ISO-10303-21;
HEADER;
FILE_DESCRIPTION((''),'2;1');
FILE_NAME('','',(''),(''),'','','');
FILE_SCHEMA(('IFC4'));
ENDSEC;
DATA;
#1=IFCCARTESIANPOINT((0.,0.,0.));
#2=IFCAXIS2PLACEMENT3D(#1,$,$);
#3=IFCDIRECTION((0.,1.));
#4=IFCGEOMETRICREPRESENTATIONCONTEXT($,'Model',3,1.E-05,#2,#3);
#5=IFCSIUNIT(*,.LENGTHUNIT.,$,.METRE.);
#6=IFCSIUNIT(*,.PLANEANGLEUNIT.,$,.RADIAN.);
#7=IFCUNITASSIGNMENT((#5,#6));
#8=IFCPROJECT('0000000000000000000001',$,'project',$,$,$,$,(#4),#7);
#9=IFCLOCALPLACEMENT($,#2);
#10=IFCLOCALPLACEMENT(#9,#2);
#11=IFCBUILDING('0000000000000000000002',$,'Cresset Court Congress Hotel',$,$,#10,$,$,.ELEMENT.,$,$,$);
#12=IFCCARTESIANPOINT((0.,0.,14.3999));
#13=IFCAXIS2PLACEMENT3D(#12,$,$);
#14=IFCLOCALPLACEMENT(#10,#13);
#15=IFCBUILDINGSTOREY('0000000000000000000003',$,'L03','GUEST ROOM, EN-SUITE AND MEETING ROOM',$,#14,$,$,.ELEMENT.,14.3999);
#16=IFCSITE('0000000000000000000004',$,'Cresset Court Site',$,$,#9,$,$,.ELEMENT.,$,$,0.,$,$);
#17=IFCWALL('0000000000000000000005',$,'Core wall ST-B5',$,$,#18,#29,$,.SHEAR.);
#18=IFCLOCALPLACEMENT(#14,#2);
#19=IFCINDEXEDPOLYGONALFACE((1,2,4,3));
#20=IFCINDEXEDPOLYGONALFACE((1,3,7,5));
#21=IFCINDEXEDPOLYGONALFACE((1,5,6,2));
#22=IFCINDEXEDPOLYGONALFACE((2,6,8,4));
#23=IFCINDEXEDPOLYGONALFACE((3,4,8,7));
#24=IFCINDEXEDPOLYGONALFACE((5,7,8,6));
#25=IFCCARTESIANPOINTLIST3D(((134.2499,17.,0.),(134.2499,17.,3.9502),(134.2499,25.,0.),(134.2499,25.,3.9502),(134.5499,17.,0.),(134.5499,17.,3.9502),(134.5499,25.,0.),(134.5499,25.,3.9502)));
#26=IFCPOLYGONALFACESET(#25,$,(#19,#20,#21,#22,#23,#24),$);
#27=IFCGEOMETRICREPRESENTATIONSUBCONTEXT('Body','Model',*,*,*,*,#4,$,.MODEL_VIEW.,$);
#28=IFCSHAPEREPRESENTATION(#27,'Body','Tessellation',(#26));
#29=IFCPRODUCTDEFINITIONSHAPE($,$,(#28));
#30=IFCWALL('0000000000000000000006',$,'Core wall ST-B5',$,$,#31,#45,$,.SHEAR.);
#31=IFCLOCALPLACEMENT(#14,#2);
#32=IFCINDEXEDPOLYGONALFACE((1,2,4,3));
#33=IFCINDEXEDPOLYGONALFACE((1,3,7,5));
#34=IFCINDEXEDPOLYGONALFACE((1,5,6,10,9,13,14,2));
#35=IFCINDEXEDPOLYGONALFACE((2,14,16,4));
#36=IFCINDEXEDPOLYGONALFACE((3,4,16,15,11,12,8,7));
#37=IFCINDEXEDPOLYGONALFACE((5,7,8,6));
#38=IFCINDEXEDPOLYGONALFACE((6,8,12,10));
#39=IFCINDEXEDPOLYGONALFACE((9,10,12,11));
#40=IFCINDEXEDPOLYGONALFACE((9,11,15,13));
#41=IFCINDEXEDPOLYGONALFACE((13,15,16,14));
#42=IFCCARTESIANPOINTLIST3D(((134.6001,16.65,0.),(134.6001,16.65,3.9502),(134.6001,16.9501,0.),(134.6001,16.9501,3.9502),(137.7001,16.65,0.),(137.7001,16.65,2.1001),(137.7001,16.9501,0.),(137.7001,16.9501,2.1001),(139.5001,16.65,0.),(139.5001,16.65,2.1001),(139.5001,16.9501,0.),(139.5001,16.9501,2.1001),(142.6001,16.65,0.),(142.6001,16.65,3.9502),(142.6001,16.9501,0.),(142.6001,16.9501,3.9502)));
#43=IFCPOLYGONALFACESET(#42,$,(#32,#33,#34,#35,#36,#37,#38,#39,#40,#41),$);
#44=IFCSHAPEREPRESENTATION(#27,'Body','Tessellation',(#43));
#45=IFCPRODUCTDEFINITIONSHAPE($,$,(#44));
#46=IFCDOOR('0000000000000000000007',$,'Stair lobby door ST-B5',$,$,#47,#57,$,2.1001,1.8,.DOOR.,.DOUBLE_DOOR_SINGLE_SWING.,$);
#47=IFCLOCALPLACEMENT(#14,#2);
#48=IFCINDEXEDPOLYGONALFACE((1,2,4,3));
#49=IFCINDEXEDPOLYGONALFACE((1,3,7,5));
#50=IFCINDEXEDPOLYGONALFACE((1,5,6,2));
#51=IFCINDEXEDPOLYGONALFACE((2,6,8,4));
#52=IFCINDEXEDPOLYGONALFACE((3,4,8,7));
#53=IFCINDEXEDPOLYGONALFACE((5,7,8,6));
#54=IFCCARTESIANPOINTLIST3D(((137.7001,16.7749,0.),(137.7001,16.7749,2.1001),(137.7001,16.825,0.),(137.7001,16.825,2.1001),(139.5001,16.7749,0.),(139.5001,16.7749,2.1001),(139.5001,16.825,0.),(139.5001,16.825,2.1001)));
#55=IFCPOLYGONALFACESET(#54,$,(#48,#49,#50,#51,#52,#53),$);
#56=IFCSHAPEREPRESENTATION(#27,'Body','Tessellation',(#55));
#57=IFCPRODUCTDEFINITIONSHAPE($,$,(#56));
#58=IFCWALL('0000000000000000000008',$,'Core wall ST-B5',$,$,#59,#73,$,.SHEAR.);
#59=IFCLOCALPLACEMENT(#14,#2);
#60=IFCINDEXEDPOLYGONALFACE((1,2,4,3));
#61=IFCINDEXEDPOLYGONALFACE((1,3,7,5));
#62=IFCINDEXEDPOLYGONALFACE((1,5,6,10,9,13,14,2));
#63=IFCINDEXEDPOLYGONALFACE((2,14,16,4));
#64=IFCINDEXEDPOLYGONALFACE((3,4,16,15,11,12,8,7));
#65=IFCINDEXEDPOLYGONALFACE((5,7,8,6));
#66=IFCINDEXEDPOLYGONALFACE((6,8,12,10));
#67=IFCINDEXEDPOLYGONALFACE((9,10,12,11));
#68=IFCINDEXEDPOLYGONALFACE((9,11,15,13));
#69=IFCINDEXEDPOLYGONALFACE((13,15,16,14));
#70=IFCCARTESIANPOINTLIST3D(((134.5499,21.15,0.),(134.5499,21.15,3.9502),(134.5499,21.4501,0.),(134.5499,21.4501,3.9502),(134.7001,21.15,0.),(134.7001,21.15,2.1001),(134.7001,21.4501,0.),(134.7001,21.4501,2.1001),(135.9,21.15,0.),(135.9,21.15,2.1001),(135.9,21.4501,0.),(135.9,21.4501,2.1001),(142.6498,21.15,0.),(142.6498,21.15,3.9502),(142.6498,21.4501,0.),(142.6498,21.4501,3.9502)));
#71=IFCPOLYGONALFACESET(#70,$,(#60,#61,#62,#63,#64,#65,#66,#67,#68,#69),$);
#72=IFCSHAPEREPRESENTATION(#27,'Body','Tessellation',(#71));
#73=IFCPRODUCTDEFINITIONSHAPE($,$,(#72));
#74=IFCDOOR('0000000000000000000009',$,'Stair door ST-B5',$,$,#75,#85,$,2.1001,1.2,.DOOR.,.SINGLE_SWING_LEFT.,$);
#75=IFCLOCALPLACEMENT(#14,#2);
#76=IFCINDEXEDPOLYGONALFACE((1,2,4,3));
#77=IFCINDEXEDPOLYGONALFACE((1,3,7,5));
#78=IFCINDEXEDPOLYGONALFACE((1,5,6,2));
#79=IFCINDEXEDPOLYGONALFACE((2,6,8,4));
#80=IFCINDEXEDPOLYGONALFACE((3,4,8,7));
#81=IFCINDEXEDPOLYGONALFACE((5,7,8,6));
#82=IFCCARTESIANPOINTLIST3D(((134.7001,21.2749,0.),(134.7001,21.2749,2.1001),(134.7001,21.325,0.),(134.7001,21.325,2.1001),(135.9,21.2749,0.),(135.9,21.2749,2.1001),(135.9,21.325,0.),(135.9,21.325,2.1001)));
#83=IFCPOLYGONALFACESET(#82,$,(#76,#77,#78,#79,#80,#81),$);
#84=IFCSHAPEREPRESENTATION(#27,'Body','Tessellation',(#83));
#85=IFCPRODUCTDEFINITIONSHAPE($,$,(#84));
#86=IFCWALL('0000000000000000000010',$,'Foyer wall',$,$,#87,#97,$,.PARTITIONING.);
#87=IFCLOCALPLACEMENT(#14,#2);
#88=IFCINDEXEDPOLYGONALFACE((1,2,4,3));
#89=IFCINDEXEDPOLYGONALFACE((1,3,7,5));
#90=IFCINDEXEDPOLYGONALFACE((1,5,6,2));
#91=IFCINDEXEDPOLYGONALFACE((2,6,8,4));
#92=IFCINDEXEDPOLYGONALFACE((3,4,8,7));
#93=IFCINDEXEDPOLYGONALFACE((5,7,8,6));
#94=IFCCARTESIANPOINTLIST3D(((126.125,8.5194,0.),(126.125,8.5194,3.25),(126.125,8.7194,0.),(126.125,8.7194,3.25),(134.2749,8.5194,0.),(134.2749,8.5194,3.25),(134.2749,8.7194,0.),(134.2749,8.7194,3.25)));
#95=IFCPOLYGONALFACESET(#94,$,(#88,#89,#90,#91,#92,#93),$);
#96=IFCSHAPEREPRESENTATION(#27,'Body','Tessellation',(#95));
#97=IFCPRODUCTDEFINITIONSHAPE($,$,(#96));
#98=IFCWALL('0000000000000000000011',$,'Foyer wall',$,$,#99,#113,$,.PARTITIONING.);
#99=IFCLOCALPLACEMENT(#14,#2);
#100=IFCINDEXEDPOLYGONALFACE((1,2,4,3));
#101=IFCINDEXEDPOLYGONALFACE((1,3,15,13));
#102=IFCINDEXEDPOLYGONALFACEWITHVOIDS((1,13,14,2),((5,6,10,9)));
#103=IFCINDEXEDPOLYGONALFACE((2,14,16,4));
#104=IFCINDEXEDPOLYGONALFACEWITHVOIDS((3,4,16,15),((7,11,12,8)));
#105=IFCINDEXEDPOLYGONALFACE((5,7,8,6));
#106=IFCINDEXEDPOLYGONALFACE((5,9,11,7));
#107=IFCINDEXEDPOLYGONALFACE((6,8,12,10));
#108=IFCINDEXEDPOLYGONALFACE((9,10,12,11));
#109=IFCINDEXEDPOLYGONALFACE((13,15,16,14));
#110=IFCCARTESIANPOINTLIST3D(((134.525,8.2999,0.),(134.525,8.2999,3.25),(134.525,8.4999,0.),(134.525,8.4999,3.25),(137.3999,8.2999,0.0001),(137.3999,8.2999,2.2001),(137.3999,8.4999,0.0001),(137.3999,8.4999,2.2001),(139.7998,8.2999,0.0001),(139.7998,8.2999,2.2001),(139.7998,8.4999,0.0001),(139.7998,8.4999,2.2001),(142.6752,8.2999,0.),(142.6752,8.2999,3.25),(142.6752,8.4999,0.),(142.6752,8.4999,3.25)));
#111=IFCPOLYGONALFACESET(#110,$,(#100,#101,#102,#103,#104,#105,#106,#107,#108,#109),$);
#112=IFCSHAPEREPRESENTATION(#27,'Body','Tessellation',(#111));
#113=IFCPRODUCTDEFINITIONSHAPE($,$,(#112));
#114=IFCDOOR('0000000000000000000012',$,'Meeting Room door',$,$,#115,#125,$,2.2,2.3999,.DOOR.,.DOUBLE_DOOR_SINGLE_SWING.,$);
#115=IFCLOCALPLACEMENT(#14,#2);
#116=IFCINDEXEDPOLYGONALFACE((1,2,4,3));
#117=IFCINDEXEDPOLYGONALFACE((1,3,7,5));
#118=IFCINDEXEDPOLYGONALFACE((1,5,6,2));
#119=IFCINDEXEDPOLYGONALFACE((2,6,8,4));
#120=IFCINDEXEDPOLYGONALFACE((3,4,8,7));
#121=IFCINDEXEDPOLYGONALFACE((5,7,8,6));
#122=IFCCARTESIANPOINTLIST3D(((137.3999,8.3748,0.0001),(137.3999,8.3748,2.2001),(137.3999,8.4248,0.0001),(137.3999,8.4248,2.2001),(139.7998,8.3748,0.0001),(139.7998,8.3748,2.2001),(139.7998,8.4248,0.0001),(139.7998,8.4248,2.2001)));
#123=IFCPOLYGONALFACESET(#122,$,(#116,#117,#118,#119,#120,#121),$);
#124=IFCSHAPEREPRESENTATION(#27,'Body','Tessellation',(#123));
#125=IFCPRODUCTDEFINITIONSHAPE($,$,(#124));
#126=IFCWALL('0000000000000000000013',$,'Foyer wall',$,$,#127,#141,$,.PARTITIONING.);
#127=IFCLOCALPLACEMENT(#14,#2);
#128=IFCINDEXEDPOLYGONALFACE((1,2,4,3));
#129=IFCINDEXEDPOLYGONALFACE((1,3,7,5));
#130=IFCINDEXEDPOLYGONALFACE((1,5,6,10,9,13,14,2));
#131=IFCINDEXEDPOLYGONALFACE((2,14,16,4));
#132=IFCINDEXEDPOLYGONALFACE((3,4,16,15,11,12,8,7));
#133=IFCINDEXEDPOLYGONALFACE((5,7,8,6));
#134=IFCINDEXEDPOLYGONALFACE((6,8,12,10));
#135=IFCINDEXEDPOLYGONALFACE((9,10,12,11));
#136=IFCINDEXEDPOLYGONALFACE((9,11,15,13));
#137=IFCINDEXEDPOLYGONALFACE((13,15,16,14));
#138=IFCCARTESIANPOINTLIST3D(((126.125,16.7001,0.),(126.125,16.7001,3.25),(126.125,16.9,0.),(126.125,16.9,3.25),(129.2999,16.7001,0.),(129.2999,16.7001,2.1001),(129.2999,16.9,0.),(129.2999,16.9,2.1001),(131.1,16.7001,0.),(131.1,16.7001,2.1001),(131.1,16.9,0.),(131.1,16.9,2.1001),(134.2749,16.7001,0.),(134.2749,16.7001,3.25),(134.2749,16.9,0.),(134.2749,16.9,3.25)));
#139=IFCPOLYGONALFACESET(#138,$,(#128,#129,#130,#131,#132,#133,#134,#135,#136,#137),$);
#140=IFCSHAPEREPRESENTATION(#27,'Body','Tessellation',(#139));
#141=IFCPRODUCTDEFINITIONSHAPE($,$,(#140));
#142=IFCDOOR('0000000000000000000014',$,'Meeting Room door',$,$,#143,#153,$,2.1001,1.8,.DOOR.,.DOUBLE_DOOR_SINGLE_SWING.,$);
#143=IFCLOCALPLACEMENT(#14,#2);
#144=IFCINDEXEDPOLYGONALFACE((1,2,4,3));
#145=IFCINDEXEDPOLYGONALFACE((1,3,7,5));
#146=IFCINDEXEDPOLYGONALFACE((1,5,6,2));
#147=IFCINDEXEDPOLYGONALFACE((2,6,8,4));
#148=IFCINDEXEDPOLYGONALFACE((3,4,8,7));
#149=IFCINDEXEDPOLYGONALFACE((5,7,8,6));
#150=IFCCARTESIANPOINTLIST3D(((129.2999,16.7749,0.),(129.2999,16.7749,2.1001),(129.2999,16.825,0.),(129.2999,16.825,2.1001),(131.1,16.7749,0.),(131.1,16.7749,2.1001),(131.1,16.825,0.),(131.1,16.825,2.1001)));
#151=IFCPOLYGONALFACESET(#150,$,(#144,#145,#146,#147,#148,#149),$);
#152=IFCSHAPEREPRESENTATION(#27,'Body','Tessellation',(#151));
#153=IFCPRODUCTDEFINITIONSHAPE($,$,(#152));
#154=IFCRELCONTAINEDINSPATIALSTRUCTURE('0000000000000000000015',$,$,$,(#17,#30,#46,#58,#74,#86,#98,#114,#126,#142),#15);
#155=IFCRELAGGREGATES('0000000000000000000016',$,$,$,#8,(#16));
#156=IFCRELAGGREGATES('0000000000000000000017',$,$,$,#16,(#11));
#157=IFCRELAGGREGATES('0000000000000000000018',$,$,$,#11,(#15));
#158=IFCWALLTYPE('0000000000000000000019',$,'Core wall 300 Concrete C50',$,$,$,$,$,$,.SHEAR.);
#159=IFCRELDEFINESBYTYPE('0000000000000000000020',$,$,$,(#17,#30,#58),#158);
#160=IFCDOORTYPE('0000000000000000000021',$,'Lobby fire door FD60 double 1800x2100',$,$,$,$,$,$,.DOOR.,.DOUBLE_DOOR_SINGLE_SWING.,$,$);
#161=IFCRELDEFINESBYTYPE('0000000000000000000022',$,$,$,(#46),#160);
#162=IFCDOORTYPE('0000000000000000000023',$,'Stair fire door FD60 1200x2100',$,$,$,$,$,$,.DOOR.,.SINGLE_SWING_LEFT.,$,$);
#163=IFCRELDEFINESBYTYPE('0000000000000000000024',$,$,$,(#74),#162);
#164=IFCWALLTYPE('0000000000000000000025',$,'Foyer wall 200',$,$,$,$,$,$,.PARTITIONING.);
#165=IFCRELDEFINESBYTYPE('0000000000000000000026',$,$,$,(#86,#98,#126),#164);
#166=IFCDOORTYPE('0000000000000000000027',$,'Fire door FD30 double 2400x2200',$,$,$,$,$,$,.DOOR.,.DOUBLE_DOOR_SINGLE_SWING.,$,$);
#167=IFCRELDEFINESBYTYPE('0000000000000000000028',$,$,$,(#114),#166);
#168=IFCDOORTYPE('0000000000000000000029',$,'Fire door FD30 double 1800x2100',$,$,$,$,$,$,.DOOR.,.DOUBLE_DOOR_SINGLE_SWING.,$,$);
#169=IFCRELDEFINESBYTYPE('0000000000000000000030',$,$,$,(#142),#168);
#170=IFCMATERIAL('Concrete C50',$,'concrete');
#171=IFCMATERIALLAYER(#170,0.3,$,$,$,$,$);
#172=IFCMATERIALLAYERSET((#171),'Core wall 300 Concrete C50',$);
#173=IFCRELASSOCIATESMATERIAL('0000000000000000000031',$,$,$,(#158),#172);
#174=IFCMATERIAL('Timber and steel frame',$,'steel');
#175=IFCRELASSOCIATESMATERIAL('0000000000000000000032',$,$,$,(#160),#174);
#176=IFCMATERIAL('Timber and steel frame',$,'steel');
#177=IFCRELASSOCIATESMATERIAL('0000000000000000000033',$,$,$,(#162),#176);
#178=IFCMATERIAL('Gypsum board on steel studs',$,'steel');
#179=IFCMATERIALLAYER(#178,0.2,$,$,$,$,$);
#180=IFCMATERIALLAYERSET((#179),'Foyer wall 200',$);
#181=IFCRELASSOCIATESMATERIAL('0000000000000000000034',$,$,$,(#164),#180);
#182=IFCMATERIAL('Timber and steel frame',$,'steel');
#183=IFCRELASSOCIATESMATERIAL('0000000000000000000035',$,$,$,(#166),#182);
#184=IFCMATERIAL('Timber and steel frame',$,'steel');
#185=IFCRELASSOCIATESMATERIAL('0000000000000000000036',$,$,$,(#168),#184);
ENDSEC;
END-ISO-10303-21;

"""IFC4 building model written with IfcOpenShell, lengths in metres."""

from ifc_helpers import new_model, si_unit, direction, frame, frame_2d, origin, place, context, subcontext, project, spatial, rectangle, extrude, material, layer, layer_set, type_object, element, fill, save


model = new_model("IFC4")

# Units and contexts
model_context = context("Model", 3, precision=1e-05, world=origin(), true_north=direction((0.0, 1.0)))
body_context = subcontext(model_context, "Body", "Model", "MODEL_VIEW")
ifc_project = project(units=[si_unit("LENGTHUNIT", "METRE"), si_unit("PLANEANGLEUNIT", "RADIAN")], contexts=[model_context])

# Site, building, storey
site_placement = place(None, origin())
site = spatial("IfcSite", under=ifc_project, at=site_placement, Name="Cresset Court Site", CompositionType="ELEMENT", RefElevation=0.0)
building_placement = place(site_placement, origin())
building = spatial("IfcBuilding", under=site, at=building_placement, Name="Cresset Court Congress Hotel", CompositionType="ELEMENT")
storey_placement = place(building_placement, frame((0.0, 0.0, 14.3999)))
storey = spatial("IfcBuildingStorey", under=building, at=storey_placement, Name="L03", Description="GUEST ROOM, EN-SUITE AND MEETING ROOM", CompositionType="ELEMENT", Elevation=14.3999)

# Wall
ifc_material_1 = material(Name="Concrete C50", Category="concrete")
ifc_layer_1 = layer(ifc_material_1, 0.3)
ifc_layer_set_1 = layer_set([ifc_layer_1], Name="Core wall 300 Concrete C50")
wall_type_1 = type_object("IfcWallType", Name="Core wall 300 Concrete C50", PredefinedType="SHEAR", material=ifc_layer_set_1)
wall_1_placement = place(storey_placement, frame((134.3999, 17.0, 0.0), z_axis=(0.0, 0.0, 1.0), x_axis=(0.0, 1.0, 0.0)))
element("IfcWall", 1, at=wall_1_placement, inside=storey, type_object=wall_type_1, Name="Core wall ST-B5", PredefinedType="SHEAR", context=body_context, shape_type="SweptSolid", body=[
    extrude(rectangle(XDim=8.0, YDim=0.3, at=frame_2d((4.0, 0.0))), origin(), (0.0, 0.0, 1.0), 3.9502),
])

# Walls, openings, doors
wall_2_placement = place(storey_placement, frame((134.6001, 16.8, 0.0), z_axis=(0.0, 0.0, 1.0), x_axis=(1.0, 0.0, 0.0)))
wall_2 = element("IfcWall", 2, at=wall_2_placement, inside=storey, type_object=wall_type_1, Name="Core wall ST-B5", PredefinedType="SHEAR", context=body_context, shape_type="SweptSolid", body=[
    extrude(rectangle(XDim=8.0, YDim=0.3, at=frame_2d((4.0, 0.0))), origin(), (0.0, 0.0, 1.0), 3.9502),
])
opening_1_placement = place(wall_2_placement, frame((3.1001, 0.0, 0.0)))
opening_1 = element("IfcOpeningElement", 3, at=opening_1_placement, cuts=wall_2, PredefinedType="OPENING", context=body_context, shape_type="SweptSolid", body=[
    extrude(rectangle(XDim=1.8, YDim=2.1001, at=frame_2d((0.8999, 1.05))), frame((0.0, 0.1599, 0.0), z_axis=(0.0, -1.0, 0.0), x_axis=(1.0, 0.0, 0.0)), (0.0, 0.0, 1.0), 0.3201),
])
ifc_material_2 = material(Name="Timber and steel frame", Category="steel")
door_type_1 = type_object("IfcDoorType", Name="Lobby fire door FD60 double 1800x2100", OperationType="DOUBLE_DOOR_SINGLE_SWING", PredefinedType="DOOR", material=ifc_material_2)
door_1_placement = place(opening_1_placement, origin())
door_1 = element("IfcDoor", 4, at=door_1_placement, inside=storey, type_object=door_type_1, Name="Stair lobby door ST-B5", OperationType="DOUBLE_DOOR_SINGLE_SWING", OverallHeight=2.1001, OverallWidth=1.8, PredefinedType="DOOR", context=body_context, shape_type="SweptSolid", body=[
    extrude(rectangle(XDim=1.8, YDim=2.1001, at=frame_2d((0.8999, 1.05))), frame((0.0, 0.0249, 0.0), z_axis=(0.0, -1.0, 0.0), x_axis=(1.0, 0.0, 0.0)), (0.0, 0.0, 1.0), 0.05),
])
fill(opening_1, door_1)
wall_3_placement = place(storey_placement, frame((134.55, 21.3, 0.0), z_axis=(0.0, 0.0, 1.0), x_axis=(1.0, 0.0, 0.0)))
wall_3 = element("IfcWall", 5, at=wall_3_placement, inside=storey, type_object=wall_type_1, Name="Core wall ST-B5", PredefinedType="SHEAR", context=body_context, shape_type="SweptSolid", body=[
    extrude(rectangle(XDim=8.0999, YDim=0.3, at=frame_2d((4.0498, 0.0))), origin(), (0.0, 0.0, 1.0), 3.9502),
])
opening_2_placement = place(wall_3_placement, frame((0.1499, 0.0, 0.0)))
opening_2 = element("IfcOpeningElement", 6, at=opening_2_placement, cuts=wall_3, PredefinedType="OPENING", context=body_context, shape_type="SweptSolid", body=[
    extrude(rectangle(XDim=1.2, YDim=2.1001, at=frame_2d((0.6001, 1.05))), frame((0.0, 0.1599, 0.0), z_axis=(0.0, -1.0, 0.0), x_axis=(1.0, 0.0, 0.0)), (0.0, 0.0, 1.0), 0.3201),
])
ifc_material_3 = material(Name="Timber and steel frame", Category="steel")
door_type_2 = type_object("IfcDoorType", Name="Stair fire door FD60 1200x2100", OperationType="SINGLE_SWING_LEFT", PredefinedType="DOOR", material=ifc_material_3)
door_2_placement = place(opening_2_placement, origin())
door_2 = element("IfcDoor", 7, at=door_2_placement, inside=storey, type_object=door_type_2, Name="Stair door ST-B5", OperationType="SINGLE_SWING_LEFT", OverallHeight=2.1001, OverallWidth=1.2, PredefinedType="DOOR", context=body_context, shape_type="SweptSolid", body=[
    extrude(rectangle(XDim=1.2, YDim=2.1001, at=frame_2d((0.6001, 1.05))), frame((0.0, 0.0249, 0.0), z_axis=(0.0, -1.0, 0.0), x_axis=(1.0, 0.0, 0.0)), (0.0, 0.0, 1.0), 0.05),
])
fill(opening_2, door_2)

# Wall
ifc_material_4 = material(Name="Gypsum board on steel studs", Category="steel")
ifc_layer_2 = layer(ifc_material_4, 0.2)
ifc_layer_set_2 = layer_set([ifc_layer_2], Name="Foyer wall 200")
wall_type_2 = type_object("IfcWallType", Name="Foyer wall 200", PredefinedType="PARTITIONING", material=ifc_layer_set_2)
wall_4_placement = place(storey_placement, frame((126.125, 8.6194, 0.0), z_axis=(0.0, 0.0, 1.0), x_axis=(1.0, 0.0, 0.0)))
element("IfcWall", 8, at=wall_4_placement, inside=storey, type_object=wall_type_2, Name="Foyer wall", PredefinedType="PARTITIONING", context=body_context, shape_type="SweptSolid", body=[
    extrude(rectangle(XDim=8.1499, YDim=0.2, at=frame_2d((4.075, 0.0))), origin(), (0.0, 0.0, 1.0), 3.25),
])

# Walls, openings, doors
wall_5_placement = place(storey_placement, frame((134.5249, 8.3999, 0.0), z_axis=(0.0, 0.0, 1.0), x_axis=(1.0, 0.0, 0.0)))
wall_5 = element("IfcWall", 9, at=wall_5_placement, inside=storey, type_object=wall_type_2, Name="Foyer wall", PredefinedType="PARTITIONING", context=body_context, shape_type="SweptSolid", body=[
    extrude(rectangle(XDim=8.1501, YDim=0.2, at=frame_2d((4.0752, 0.0))), origin(), (0.0, 0.0, 1.0), 3.25),
])
opening_3_placement = place(wall_5_placement, frame((2.875, 0.0, 0.0)))
opening_3 = element("IfcOpeningElement", 10, at=opening_3_placement, cuts=wall_5, PredefinedType="OPENING", context=body_context, shape_type="SweptSolid", body=[
    extrude(rectangle(XDim=2.3999, YDim=2.2, at=frame_2d((1.2, 1.1001))), frame((0.0, 0.1099, 0.0), z_axis=(0.0, -1.0, 0.0), x_axis=(1.0, 0.0, 0.0)), (0.0, 0.0, 1.0), 0.22),
])
ifc_material_5 = material(Name="Timber and steel frame", Category="steel")
door_type_3 = type_object("IfcDoorType", Name="Fire door FD30 double 2400x2200", OperationType="DOUBLE_DOOR_SINGLE_SWING", PredefinedType="DOOR", material=ifc_material_5)
door_3_placement = place(opening_3_placement, origin())
door_3 = element("IfcDoor", 11, at=door_3_placement, inside=storey, type_object=door_type_3, Name="Meeting Room door", OperationType="DOUBLE_DOOR_SINGLE_SWING", OverallHeight=2.2, OverallWidth=2.3999, PredefinedType="DOOR", context=body_context, shape_type="SweptSolid", body=[
    extrude(rectangle(XDim=2.3999, YDim=2.2, at=frame_2d((1.2, 1.1001))), frame((0.0, 0.0249, 0.0), z_axis=(0.0, -1.0, 0.0), x_axis=(1.0, 0.0, 0.0)), (0.0, 0.0, 1.0), 0.05),
])
fill(opening_3, door_3)
wall_6_placement = place(storey_placement, frame((126.125, 16.8, 0.0), z_axis=(0.0, 0.0, 1.0), x_axis=(1.0, 0.0, 0.0)))
wall_6 = element("IfcWall", 12, at=wall_6_placement, inside=storey, type_object=wall_type_2, Name="Foyer wall", PredefinedType="PARTITIONING", context=body_context, shape_type="SweptSolid", body=[
    extrude(rectangle(XDim=8.1499, YDim=0.2, at=frame_2d((4.075, 0.0))), origin(), (0.0, 0.0, 1.0), 3.25),
])
opening_4_placement = place(wall_6_placement, frame((3.175, 0.0, 0.0)))
opening_4 = element("IfcOpeningElement", 13, at=opening_4_placement, cuts=wall_6, PredefinedType="OPENING", context=body_context, shape_type="SweptSolid", body=[
    extrude(rectangle(XDim=1.8, YDim=2.1001, at=frame_2d((0.8999, 1.05))), frame((0.0, 0.1099, 0.0), z_axis=(0.0, -1.0, 0.0), x_axis=(1.0, 0.0, 0.0)), (0.0, 0.0, 1.0), 0.22),
])
ifc_material_6 = material(Name="Timber and steel frame", Category="steel")
door_type_4 = type_object("IfcDoorType", Name="Fire door FD30 double 1800x2100", OperationType="DOUBLE_DOOR_SINGLE_SWING", PredefinedType="DOOR", material=ifc_material_6)
door_4_placement = place(opening_4_placement, origin())
door_4 = element("IfcDoor", 14, at=door_4_placement, inside=storey, type_object=door_type_4, Name="Meeting Room door", OperationType="DOUBLE_DOOR_SINGLE_SWING", OverallHeight=2.1001, OverallWidth=1.8, PredefinedType="DOOR", context=body_context, shape_type="SweptSolid", body=[
    extrude(rectangle(XDim=1.8, YDim=2.1001, at=frame_2d((0.8999, 1.05))), frame((0.0, 0.0249, 0.0), z_axis=(0.0, -1.0, 0.0), x_axis=(1.0, 0.0, 0.0)), (0.0, 0.0, 1.0), 0.05),
])
fill(opening_4, door_4)

save(model, "model.ifc")
